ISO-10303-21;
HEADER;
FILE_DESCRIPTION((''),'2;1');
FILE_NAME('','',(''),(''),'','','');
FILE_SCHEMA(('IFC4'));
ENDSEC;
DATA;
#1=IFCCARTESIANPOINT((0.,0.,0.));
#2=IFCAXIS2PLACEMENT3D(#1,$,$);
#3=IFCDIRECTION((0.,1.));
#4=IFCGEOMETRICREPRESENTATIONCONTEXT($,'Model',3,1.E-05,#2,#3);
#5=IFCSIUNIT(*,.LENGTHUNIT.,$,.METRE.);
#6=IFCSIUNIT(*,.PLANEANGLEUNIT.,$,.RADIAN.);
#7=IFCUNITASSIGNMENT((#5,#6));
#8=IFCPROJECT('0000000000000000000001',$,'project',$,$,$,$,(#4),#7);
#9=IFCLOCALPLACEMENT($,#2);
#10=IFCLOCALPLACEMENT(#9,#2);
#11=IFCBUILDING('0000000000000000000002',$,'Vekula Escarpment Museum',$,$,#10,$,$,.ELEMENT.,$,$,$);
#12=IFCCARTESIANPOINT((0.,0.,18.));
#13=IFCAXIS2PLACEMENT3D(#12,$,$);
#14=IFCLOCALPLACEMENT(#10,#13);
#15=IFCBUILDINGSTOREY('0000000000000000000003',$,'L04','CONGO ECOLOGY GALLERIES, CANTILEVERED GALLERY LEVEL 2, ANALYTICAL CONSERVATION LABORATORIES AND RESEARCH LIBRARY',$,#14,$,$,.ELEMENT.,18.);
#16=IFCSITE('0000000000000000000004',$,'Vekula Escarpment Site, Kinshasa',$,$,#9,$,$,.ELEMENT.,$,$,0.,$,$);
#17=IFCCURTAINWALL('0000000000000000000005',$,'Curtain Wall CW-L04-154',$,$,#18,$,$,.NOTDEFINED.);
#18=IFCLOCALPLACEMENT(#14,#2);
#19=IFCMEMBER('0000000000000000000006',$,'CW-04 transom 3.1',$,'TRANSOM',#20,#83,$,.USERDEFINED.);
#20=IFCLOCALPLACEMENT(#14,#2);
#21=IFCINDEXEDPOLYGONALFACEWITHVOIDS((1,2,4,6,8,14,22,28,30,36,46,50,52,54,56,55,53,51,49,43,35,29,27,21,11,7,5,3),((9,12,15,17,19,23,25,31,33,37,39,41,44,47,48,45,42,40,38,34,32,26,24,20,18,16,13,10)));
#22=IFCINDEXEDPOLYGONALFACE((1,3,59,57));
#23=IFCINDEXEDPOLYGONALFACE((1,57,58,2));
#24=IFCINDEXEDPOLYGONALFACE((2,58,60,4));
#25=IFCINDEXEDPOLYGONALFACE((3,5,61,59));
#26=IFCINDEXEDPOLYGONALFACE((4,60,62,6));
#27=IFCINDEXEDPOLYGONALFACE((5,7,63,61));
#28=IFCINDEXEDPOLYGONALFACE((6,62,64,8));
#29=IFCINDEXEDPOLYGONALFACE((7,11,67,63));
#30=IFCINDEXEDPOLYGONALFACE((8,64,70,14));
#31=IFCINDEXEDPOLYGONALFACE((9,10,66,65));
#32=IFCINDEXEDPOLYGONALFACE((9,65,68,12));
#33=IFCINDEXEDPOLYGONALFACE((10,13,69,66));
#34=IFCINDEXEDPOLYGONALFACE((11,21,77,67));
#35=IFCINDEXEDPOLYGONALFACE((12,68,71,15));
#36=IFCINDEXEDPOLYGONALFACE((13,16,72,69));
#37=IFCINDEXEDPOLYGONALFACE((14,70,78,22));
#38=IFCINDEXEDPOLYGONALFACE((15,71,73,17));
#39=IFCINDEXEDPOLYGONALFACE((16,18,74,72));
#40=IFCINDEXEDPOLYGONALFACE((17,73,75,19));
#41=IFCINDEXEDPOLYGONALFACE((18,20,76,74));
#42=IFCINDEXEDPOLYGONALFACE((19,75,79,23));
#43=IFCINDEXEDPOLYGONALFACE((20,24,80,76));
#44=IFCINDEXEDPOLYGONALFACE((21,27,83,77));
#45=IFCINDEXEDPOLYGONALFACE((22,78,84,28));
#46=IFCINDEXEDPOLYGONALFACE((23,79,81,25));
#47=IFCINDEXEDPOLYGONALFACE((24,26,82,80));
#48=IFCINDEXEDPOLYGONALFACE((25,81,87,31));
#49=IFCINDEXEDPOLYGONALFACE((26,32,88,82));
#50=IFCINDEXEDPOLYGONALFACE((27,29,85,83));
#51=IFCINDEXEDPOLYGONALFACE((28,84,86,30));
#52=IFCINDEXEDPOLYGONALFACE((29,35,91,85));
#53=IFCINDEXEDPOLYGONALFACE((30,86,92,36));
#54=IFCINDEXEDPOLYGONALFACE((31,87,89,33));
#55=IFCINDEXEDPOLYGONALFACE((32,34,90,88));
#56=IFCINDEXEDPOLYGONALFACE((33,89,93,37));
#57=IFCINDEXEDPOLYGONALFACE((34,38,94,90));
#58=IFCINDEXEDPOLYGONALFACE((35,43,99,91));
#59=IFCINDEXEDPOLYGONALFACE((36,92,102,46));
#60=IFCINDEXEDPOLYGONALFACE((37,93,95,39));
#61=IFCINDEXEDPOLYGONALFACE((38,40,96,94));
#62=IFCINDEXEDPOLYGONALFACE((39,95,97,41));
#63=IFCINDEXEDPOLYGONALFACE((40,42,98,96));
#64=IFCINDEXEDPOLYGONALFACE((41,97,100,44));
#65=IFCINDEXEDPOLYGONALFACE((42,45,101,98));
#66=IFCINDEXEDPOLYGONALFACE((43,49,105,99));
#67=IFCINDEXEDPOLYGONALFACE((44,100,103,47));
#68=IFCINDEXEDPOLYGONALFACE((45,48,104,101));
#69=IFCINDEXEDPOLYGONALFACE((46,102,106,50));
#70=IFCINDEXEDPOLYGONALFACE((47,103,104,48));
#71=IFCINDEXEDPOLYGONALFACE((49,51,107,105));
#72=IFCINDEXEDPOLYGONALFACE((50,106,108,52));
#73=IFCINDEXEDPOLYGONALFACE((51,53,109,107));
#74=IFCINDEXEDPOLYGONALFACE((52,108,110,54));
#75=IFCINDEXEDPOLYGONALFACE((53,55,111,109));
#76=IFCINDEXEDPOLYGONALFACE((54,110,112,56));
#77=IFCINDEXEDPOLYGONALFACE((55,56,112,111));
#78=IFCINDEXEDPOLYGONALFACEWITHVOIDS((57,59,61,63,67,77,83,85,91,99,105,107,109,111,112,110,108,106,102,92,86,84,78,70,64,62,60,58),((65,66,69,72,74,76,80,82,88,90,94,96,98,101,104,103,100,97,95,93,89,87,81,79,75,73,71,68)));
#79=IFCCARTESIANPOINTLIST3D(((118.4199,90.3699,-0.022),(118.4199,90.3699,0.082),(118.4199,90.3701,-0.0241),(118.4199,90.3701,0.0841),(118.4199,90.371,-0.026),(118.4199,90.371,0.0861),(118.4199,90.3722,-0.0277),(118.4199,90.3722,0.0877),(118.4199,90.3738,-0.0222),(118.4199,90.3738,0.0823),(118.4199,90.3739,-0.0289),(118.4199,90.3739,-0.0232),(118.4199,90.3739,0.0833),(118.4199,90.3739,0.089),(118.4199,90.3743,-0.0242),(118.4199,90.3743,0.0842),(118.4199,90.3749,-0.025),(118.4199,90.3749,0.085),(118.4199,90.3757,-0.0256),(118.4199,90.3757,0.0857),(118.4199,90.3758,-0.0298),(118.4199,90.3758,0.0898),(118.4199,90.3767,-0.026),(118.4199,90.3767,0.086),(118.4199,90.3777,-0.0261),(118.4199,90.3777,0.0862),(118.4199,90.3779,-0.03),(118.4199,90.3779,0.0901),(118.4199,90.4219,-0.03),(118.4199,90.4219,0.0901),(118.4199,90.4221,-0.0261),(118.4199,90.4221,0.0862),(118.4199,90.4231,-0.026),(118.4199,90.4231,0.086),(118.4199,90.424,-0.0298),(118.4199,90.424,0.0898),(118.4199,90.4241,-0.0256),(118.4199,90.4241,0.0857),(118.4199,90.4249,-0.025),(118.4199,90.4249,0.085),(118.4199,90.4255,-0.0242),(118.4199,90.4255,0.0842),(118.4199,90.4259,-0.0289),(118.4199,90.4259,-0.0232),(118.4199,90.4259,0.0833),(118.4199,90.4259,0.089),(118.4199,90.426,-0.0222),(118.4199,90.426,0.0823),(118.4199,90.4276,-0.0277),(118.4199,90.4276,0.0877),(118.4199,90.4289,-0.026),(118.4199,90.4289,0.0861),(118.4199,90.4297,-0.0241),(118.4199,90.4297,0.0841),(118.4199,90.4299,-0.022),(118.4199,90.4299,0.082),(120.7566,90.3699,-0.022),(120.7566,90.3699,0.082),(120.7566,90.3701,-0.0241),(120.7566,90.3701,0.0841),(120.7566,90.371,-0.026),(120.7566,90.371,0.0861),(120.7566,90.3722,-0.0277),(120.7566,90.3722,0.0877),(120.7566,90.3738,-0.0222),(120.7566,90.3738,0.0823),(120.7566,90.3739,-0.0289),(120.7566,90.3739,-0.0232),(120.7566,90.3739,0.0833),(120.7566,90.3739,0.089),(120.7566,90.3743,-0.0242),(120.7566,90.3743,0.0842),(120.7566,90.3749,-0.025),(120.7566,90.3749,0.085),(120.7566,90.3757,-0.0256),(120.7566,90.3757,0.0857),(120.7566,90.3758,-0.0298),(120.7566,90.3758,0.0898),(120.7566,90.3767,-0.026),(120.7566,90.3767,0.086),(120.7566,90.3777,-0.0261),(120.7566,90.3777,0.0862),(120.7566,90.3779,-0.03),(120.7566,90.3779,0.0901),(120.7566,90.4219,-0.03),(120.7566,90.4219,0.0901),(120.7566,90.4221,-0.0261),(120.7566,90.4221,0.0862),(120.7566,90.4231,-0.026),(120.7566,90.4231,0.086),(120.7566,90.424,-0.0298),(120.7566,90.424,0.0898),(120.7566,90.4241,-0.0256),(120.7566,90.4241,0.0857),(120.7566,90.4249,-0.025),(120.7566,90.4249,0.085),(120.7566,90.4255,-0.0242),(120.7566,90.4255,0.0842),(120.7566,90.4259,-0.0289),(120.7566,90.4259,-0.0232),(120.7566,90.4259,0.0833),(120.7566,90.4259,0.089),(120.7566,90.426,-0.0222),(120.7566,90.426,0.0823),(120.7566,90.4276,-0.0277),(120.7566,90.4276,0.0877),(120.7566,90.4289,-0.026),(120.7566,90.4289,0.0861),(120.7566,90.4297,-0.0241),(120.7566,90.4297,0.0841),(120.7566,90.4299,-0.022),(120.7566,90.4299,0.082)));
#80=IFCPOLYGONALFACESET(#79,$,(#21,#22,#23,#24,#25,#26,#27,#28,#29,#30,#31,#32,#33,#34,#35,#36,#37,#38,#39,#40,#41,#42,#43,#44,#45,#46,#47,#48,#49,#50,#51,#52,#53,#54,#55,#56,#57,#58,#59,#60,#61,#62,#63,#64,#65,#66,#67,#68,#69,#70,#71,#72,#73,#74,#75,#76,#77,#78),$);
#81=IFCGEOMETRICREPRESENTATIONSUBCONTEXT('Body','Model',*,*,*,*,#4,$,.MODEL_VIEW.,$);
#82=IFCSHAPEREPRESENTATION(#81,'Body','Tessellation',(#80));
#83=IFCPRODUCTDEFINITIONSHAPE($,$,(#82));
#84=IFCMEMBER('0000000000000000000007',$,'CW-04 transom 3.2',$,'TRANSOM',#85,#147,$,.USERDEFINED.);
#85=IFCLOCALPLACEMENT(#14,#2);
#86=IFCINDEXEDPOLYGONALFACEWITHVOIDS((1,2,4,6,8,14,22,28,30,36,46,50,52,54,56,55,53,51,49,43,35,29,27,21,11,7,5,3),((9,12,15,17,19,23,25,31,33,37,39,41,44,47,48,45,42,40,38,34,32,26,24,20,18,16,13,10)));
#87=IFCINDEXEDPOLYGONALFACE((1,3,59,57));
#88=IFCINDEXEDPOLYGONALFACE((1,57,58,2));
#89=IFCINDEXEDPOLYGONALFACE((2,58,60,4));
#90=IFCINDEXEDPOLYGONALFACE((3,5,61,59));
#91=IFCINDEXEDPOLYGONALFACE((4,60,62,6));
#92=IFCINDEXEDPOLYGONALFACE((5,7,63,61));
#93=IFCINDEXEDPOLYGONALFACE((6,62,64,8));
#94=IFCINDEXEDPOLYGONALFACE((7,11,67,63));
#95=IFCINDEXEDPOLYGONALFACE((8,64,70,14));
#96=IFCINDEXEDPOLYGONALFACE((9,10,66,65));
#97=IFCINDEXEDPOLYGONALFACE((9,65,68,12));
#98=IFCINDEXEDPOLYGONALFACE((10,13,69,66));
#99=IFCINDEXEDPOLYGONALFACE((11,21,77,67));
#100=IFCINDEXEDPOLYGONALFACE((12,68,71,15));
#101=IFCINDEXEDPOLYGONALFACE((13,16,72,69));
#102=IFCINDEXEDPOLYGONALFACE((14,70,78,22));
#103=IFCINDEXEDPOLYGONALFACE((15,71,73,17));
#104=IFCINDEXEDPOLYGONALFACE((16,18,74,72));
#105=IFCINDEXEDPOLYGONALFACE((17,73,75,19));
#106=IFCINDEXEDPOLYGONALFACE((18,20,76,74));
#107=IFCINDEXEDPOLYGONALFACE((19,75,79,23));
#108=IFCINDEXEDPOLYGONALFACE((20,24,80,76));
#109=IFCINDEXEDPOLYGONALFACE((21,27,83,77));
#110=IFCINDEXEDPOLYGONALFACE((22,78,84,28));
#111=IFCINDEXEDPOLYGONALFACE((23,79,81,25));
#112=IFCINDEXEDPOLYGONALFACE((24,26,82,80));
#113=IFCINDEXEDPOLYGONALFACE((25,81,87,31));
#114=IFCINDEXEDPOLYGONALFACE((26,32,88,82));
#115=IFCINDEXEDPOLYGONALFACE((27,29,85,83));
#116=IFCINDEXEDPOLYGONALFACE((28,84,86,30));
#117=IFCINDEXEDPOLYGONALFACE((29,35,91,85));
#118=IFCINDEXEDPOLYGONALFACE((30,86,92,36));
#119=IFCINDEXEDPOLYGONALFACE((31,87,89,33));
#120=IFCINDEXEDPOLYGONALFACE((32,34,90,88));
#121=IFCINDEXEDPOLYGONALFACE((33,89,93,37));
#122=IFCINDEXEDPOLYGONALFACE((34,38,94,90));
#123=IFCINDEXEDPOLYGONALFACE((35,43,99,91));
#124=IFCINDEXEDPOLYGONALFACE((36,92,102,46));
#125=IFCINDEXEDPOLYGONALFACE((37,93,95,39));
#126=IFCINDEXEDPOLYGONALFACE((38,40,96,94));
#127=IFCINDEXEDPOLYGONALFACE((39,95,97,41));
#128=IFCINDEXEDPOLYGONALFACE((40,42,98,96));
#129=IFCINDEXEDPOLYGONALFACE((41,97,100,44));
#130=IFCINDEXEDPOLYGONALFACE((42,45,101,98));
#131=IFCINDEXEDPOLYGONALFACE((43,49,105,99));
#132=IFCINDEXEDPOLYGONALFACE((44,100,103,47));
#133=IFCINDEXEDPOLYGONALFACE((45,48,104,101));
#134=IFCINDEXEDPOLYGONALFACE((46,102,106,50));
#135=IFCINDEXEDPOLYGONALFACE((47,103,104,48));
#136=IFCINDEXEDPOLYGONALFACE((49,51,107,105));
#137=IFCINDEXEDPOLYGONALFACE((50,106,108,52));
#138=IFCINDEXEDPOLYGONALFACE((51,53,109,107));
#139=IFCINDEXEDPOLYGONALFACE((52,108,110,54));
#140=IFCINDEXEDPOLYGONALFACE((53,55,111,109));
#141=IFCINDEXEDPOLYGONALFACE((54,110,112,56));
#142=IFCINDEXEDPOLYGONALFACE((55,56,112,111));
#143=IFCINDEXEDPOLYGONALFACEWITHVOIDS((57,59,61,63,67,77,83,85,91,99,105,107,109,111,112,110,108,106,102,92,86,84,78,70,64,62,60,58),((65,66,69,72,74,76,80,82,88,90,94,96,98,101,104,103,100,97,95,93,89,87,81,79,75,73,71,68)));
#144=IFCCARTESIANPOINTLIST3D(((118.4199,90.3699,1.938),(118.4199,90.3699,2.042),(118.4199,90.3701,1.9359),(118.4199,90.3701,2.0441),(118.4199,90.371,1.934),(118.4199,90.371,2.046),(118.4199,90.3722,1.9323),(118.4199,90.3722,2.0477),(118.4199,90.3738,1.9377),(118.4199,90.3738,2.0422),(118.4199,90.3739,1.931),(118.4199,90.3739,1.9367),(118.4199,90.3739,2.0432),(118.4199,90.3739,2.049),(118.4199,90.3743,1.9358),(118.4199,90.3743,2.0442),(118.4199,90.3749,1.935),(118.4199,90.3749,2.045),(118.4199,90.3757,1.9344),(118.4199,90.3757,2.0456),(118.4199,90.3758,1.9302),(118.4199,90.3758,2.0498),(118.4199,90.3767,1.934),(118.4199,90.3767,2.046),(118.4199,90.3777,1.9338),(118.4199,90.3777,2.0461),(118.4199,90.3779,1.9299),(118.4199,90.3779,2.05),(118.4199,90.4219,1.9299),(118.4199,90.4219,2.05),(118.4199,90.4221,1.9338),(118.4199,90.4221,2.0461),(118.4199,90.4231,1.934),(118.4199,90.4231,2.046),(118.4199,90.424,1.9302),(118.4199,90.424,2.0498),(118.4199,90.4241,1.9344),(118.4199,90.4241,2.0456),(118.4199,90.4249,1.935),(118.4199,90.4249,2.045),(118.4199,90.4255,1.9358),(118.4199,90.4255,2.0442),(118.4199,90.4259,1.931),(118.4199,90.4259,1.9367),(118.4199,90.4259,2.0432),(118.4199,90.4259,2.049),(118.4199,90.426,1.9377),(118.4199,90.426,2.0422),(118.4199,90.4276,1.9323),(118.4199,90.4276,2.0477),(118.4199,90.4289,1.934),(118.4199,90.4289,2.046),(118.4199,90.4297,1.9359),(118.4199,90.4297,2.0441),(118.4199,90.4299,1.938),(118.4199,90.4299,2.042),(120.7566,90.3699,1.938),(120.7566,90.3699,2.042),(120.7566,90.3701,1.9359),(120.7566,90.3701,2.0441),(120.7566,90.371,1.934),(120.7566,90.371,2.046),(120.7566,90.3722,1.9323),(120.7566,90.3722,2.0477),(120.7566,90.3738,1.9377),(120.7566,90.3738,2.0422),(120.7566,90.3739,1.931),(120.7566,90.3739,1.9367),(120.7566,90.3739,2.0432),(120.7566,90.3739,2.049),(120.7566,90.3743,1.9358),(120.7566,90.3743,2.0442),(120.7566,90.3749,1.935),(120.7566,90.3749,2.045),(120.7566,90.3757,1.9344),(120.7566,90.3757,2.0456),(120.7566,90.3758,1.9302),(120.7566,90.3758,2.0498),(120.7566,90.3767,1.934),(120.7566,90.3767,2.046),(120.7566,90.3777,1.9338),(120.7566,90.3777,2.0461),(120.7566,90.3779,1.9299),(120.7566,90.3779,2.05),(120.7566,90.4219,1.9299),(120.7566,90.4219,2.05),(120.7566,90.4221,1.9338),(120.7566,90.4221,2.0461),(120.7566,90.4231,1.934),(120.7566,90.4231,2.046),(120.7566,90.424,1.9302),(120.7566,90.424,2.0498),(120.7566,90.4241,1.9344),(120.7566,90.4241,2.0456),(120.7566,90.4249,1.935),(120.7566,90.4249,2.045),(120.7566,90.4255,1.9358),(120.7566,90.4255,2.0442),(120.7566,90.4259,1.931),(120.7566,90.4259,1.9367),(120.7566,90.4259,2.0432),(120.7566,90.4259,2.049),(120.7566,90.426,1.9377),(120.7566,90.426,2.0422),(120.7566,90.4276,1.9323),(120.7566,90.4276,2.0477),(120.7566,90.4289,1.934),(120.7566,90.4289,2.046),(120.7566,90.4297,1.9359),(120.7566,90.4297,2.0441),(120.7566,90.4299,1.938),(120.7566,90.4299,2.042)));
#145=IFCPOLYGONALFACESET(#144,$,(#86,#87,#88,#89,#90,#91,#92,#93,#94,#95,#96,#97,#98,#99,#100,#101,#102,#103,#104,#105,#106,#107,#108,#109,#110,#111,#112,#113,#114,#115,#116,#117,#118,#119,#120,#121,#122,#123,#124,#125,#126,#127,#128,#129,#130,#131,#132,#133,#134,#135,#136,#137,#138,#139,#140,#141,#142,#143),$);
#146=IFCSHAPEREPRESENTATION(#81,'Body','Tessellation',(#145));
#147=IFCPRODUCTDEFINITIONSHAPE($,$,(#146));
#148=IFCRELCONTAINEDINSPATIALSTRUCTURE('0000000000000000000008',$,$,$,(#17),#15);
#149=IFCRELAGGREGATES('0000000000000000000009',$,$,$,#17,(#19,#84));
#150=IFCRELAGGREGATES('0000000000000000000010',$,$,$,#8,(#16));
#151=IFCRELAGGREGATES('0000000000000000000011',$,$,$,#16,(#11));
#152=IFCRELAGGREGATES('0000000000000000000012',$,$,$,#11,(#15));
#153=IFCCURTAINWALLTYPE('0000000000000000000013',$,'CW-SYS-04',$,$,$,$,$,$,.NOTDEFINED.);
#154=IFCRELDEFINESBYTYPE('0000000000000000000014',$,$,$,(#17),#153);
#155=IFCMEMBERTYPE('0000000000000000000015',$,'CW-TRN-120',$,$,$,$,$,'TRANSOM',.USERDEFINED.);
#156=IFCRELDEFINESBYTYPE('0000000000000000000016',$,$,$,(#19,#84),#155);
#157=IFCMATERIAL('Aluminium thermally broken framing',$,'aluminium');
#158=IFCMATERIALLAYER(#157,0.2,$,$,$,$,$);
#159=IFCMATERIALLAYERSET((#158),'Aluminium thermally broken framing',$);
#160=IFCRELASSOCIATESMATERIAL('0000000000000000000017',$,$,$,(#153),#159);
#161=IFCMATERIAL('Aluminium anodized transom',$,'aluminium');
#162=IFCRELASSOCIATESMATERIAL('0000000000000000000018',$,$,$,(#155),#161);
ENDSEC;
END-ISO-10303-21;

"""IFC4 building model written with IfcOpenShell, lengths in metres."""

from ifc_helpers import new_model, si_unit, direction, frame, origin, origin_2d, place, context, subcontext, project, spatial, hollow_rectangle, extrude, material, layer, layer_set, material_profile, profile_set, type_object, element, aggregate, save


model = new_model("IFC4")

# Units and contexts
model_context = context("Model", 3, precision=1e-05, world=origin(), true_north=direction((0.0, 1.0)))
body_context = subcontext(model_context, "Body", "Model", "MODEL_VIEW")
ifc_project = project(units=[si_unit("LENGTHUNIT", "METRE"), si_unit("PLANEANGLEUNIT", "RADIAN")], contexts=[model_context])

# Site, building, storey
site_placement = place(None, origin())
site = spatial("IfcSite", under=ifc_project, at=site_placement, Name="Vekula Escarpment Site, Kinshasa", CompositionType="ELEMENT", RefElevation=0.0)
building_placement = place(site_placement, origin())
building = spatial("IfcBuilding", under=site, at=building_placement, Name="Vekula Escarpment Museum", CompositionType="ELEMENT")
storey_placement = place(building_placement, frame((0.0, 0.0, 18.0)))
storey = spatial("IfcBuildingStorey", under=building, at=storey_placement, Name="L04", Description="CONGO ECOLOGY GALLERIES, CANTILEVERED GALLERY LEVEL 2, ANALYTICAL CONSERVATION LABORATORIES AND RESEARCH LIBRARY", CompositionType="ELEMENT", Elevation=18.0)

# Curtain wall
ifc_material_1 = material(Name="Aluminium thermally broken framing", Category="aluminium")
ifc_layer_1 = layer(ifc_material_1, 0.2)
ifc_layer_set_1 = layer_set([ifc_layer_1], Name="Aluminium thermally broken framing")
curtain_wall_type_1 = type_object("IfcCurtainWallType", Name="CW-SYS-04", PredefinedType="NOTDEFINED", material=ifc_layer_set_1)
curtain_wall_1_placement = place(storey_placement, origin())
curtain_wall_1 = element("IfcCurtainWall", 1, at=curtain_wall_1_placement, inside=storey, type_object=curtain_wall_type_1, Name="Curtain Wall CW-L04-154", PredefinedType="NOTDEFINED")

# Members
ifc_material_2 = material(Name="Aluminium anodized transom", Category="aluminium")
ifc_material_profile_1 = material_profile(ifc_material_2, hollow_rectangle(XDim=0.0601, YDim=0.1201, WallThickness=0.0039, InnerFilletRadius=0.0039, OuterFilletRadius=0.0081, at=origin_2d()), Name="ALU 120x60x4")
ifc_profile_set_1 = profile_set([ifc_material_profile_1], Name="Aluminium anodized transom")
member_type_1 = type_object("IfcMemberType", Name="CW-TRN-120", ElementType="TRANSOM", PredefinedType="USERDEFINED", material=ifc_profile_set_1)
member_1_placement = place(storey_placement, frame((120.7566, 90.3999, 0.03), z_axis=(-1.0, 0.0, 0.0), x_axis=(0.0, -1.0, 0.0)))
member_1 = element("IfcMember", 2, at=member_1_placement, type_object=member_type_1, Name="CW-04 transom 3.1", ObjectType="TRANSOM", PredefinedType="USERDEFINED", context=body_context, shape_type="SweptSolid", body=[
    extrude(hollow_rectangle(XDim=0.0601, YDim=0.1201, WallThickness=0.0039, InnerFilletRadius=0.0039, OuterFilletRadius=0.0081, at=origin_2d()), origin(), (0.0, 0.0, 1.0), 2.3367),
])
member_2_placement = place(storey_placement, frame((120.7566, 90.3999, 1.99), z_axis=(-1.0, 0.0, 0.0), x_axis=(0.0, -1.0, 0.0)))
member_2 = element("IfcMember", 3, at=member_2_placement, type_object=member_type_1, Name="CW-04 transom 3.2", ObjectType="TRANSOM", PredefinedType="USERDEFINED", context=body_context, shape_type="SweptSolid", body=[
    extrude(hollow_rectangle(XDim=0.0601, YDim=0.1201, WallThickness=0.0039, InnerFilletRadius=0.0039, OuterFilletRadius=0.0081, at=origin_2d()), origin(), (0.0, 0.0, 1.0), 2.3367),
])

aggregate(curtain_wall_1, [member_1, member_2])

save(model, "model.ifc")
